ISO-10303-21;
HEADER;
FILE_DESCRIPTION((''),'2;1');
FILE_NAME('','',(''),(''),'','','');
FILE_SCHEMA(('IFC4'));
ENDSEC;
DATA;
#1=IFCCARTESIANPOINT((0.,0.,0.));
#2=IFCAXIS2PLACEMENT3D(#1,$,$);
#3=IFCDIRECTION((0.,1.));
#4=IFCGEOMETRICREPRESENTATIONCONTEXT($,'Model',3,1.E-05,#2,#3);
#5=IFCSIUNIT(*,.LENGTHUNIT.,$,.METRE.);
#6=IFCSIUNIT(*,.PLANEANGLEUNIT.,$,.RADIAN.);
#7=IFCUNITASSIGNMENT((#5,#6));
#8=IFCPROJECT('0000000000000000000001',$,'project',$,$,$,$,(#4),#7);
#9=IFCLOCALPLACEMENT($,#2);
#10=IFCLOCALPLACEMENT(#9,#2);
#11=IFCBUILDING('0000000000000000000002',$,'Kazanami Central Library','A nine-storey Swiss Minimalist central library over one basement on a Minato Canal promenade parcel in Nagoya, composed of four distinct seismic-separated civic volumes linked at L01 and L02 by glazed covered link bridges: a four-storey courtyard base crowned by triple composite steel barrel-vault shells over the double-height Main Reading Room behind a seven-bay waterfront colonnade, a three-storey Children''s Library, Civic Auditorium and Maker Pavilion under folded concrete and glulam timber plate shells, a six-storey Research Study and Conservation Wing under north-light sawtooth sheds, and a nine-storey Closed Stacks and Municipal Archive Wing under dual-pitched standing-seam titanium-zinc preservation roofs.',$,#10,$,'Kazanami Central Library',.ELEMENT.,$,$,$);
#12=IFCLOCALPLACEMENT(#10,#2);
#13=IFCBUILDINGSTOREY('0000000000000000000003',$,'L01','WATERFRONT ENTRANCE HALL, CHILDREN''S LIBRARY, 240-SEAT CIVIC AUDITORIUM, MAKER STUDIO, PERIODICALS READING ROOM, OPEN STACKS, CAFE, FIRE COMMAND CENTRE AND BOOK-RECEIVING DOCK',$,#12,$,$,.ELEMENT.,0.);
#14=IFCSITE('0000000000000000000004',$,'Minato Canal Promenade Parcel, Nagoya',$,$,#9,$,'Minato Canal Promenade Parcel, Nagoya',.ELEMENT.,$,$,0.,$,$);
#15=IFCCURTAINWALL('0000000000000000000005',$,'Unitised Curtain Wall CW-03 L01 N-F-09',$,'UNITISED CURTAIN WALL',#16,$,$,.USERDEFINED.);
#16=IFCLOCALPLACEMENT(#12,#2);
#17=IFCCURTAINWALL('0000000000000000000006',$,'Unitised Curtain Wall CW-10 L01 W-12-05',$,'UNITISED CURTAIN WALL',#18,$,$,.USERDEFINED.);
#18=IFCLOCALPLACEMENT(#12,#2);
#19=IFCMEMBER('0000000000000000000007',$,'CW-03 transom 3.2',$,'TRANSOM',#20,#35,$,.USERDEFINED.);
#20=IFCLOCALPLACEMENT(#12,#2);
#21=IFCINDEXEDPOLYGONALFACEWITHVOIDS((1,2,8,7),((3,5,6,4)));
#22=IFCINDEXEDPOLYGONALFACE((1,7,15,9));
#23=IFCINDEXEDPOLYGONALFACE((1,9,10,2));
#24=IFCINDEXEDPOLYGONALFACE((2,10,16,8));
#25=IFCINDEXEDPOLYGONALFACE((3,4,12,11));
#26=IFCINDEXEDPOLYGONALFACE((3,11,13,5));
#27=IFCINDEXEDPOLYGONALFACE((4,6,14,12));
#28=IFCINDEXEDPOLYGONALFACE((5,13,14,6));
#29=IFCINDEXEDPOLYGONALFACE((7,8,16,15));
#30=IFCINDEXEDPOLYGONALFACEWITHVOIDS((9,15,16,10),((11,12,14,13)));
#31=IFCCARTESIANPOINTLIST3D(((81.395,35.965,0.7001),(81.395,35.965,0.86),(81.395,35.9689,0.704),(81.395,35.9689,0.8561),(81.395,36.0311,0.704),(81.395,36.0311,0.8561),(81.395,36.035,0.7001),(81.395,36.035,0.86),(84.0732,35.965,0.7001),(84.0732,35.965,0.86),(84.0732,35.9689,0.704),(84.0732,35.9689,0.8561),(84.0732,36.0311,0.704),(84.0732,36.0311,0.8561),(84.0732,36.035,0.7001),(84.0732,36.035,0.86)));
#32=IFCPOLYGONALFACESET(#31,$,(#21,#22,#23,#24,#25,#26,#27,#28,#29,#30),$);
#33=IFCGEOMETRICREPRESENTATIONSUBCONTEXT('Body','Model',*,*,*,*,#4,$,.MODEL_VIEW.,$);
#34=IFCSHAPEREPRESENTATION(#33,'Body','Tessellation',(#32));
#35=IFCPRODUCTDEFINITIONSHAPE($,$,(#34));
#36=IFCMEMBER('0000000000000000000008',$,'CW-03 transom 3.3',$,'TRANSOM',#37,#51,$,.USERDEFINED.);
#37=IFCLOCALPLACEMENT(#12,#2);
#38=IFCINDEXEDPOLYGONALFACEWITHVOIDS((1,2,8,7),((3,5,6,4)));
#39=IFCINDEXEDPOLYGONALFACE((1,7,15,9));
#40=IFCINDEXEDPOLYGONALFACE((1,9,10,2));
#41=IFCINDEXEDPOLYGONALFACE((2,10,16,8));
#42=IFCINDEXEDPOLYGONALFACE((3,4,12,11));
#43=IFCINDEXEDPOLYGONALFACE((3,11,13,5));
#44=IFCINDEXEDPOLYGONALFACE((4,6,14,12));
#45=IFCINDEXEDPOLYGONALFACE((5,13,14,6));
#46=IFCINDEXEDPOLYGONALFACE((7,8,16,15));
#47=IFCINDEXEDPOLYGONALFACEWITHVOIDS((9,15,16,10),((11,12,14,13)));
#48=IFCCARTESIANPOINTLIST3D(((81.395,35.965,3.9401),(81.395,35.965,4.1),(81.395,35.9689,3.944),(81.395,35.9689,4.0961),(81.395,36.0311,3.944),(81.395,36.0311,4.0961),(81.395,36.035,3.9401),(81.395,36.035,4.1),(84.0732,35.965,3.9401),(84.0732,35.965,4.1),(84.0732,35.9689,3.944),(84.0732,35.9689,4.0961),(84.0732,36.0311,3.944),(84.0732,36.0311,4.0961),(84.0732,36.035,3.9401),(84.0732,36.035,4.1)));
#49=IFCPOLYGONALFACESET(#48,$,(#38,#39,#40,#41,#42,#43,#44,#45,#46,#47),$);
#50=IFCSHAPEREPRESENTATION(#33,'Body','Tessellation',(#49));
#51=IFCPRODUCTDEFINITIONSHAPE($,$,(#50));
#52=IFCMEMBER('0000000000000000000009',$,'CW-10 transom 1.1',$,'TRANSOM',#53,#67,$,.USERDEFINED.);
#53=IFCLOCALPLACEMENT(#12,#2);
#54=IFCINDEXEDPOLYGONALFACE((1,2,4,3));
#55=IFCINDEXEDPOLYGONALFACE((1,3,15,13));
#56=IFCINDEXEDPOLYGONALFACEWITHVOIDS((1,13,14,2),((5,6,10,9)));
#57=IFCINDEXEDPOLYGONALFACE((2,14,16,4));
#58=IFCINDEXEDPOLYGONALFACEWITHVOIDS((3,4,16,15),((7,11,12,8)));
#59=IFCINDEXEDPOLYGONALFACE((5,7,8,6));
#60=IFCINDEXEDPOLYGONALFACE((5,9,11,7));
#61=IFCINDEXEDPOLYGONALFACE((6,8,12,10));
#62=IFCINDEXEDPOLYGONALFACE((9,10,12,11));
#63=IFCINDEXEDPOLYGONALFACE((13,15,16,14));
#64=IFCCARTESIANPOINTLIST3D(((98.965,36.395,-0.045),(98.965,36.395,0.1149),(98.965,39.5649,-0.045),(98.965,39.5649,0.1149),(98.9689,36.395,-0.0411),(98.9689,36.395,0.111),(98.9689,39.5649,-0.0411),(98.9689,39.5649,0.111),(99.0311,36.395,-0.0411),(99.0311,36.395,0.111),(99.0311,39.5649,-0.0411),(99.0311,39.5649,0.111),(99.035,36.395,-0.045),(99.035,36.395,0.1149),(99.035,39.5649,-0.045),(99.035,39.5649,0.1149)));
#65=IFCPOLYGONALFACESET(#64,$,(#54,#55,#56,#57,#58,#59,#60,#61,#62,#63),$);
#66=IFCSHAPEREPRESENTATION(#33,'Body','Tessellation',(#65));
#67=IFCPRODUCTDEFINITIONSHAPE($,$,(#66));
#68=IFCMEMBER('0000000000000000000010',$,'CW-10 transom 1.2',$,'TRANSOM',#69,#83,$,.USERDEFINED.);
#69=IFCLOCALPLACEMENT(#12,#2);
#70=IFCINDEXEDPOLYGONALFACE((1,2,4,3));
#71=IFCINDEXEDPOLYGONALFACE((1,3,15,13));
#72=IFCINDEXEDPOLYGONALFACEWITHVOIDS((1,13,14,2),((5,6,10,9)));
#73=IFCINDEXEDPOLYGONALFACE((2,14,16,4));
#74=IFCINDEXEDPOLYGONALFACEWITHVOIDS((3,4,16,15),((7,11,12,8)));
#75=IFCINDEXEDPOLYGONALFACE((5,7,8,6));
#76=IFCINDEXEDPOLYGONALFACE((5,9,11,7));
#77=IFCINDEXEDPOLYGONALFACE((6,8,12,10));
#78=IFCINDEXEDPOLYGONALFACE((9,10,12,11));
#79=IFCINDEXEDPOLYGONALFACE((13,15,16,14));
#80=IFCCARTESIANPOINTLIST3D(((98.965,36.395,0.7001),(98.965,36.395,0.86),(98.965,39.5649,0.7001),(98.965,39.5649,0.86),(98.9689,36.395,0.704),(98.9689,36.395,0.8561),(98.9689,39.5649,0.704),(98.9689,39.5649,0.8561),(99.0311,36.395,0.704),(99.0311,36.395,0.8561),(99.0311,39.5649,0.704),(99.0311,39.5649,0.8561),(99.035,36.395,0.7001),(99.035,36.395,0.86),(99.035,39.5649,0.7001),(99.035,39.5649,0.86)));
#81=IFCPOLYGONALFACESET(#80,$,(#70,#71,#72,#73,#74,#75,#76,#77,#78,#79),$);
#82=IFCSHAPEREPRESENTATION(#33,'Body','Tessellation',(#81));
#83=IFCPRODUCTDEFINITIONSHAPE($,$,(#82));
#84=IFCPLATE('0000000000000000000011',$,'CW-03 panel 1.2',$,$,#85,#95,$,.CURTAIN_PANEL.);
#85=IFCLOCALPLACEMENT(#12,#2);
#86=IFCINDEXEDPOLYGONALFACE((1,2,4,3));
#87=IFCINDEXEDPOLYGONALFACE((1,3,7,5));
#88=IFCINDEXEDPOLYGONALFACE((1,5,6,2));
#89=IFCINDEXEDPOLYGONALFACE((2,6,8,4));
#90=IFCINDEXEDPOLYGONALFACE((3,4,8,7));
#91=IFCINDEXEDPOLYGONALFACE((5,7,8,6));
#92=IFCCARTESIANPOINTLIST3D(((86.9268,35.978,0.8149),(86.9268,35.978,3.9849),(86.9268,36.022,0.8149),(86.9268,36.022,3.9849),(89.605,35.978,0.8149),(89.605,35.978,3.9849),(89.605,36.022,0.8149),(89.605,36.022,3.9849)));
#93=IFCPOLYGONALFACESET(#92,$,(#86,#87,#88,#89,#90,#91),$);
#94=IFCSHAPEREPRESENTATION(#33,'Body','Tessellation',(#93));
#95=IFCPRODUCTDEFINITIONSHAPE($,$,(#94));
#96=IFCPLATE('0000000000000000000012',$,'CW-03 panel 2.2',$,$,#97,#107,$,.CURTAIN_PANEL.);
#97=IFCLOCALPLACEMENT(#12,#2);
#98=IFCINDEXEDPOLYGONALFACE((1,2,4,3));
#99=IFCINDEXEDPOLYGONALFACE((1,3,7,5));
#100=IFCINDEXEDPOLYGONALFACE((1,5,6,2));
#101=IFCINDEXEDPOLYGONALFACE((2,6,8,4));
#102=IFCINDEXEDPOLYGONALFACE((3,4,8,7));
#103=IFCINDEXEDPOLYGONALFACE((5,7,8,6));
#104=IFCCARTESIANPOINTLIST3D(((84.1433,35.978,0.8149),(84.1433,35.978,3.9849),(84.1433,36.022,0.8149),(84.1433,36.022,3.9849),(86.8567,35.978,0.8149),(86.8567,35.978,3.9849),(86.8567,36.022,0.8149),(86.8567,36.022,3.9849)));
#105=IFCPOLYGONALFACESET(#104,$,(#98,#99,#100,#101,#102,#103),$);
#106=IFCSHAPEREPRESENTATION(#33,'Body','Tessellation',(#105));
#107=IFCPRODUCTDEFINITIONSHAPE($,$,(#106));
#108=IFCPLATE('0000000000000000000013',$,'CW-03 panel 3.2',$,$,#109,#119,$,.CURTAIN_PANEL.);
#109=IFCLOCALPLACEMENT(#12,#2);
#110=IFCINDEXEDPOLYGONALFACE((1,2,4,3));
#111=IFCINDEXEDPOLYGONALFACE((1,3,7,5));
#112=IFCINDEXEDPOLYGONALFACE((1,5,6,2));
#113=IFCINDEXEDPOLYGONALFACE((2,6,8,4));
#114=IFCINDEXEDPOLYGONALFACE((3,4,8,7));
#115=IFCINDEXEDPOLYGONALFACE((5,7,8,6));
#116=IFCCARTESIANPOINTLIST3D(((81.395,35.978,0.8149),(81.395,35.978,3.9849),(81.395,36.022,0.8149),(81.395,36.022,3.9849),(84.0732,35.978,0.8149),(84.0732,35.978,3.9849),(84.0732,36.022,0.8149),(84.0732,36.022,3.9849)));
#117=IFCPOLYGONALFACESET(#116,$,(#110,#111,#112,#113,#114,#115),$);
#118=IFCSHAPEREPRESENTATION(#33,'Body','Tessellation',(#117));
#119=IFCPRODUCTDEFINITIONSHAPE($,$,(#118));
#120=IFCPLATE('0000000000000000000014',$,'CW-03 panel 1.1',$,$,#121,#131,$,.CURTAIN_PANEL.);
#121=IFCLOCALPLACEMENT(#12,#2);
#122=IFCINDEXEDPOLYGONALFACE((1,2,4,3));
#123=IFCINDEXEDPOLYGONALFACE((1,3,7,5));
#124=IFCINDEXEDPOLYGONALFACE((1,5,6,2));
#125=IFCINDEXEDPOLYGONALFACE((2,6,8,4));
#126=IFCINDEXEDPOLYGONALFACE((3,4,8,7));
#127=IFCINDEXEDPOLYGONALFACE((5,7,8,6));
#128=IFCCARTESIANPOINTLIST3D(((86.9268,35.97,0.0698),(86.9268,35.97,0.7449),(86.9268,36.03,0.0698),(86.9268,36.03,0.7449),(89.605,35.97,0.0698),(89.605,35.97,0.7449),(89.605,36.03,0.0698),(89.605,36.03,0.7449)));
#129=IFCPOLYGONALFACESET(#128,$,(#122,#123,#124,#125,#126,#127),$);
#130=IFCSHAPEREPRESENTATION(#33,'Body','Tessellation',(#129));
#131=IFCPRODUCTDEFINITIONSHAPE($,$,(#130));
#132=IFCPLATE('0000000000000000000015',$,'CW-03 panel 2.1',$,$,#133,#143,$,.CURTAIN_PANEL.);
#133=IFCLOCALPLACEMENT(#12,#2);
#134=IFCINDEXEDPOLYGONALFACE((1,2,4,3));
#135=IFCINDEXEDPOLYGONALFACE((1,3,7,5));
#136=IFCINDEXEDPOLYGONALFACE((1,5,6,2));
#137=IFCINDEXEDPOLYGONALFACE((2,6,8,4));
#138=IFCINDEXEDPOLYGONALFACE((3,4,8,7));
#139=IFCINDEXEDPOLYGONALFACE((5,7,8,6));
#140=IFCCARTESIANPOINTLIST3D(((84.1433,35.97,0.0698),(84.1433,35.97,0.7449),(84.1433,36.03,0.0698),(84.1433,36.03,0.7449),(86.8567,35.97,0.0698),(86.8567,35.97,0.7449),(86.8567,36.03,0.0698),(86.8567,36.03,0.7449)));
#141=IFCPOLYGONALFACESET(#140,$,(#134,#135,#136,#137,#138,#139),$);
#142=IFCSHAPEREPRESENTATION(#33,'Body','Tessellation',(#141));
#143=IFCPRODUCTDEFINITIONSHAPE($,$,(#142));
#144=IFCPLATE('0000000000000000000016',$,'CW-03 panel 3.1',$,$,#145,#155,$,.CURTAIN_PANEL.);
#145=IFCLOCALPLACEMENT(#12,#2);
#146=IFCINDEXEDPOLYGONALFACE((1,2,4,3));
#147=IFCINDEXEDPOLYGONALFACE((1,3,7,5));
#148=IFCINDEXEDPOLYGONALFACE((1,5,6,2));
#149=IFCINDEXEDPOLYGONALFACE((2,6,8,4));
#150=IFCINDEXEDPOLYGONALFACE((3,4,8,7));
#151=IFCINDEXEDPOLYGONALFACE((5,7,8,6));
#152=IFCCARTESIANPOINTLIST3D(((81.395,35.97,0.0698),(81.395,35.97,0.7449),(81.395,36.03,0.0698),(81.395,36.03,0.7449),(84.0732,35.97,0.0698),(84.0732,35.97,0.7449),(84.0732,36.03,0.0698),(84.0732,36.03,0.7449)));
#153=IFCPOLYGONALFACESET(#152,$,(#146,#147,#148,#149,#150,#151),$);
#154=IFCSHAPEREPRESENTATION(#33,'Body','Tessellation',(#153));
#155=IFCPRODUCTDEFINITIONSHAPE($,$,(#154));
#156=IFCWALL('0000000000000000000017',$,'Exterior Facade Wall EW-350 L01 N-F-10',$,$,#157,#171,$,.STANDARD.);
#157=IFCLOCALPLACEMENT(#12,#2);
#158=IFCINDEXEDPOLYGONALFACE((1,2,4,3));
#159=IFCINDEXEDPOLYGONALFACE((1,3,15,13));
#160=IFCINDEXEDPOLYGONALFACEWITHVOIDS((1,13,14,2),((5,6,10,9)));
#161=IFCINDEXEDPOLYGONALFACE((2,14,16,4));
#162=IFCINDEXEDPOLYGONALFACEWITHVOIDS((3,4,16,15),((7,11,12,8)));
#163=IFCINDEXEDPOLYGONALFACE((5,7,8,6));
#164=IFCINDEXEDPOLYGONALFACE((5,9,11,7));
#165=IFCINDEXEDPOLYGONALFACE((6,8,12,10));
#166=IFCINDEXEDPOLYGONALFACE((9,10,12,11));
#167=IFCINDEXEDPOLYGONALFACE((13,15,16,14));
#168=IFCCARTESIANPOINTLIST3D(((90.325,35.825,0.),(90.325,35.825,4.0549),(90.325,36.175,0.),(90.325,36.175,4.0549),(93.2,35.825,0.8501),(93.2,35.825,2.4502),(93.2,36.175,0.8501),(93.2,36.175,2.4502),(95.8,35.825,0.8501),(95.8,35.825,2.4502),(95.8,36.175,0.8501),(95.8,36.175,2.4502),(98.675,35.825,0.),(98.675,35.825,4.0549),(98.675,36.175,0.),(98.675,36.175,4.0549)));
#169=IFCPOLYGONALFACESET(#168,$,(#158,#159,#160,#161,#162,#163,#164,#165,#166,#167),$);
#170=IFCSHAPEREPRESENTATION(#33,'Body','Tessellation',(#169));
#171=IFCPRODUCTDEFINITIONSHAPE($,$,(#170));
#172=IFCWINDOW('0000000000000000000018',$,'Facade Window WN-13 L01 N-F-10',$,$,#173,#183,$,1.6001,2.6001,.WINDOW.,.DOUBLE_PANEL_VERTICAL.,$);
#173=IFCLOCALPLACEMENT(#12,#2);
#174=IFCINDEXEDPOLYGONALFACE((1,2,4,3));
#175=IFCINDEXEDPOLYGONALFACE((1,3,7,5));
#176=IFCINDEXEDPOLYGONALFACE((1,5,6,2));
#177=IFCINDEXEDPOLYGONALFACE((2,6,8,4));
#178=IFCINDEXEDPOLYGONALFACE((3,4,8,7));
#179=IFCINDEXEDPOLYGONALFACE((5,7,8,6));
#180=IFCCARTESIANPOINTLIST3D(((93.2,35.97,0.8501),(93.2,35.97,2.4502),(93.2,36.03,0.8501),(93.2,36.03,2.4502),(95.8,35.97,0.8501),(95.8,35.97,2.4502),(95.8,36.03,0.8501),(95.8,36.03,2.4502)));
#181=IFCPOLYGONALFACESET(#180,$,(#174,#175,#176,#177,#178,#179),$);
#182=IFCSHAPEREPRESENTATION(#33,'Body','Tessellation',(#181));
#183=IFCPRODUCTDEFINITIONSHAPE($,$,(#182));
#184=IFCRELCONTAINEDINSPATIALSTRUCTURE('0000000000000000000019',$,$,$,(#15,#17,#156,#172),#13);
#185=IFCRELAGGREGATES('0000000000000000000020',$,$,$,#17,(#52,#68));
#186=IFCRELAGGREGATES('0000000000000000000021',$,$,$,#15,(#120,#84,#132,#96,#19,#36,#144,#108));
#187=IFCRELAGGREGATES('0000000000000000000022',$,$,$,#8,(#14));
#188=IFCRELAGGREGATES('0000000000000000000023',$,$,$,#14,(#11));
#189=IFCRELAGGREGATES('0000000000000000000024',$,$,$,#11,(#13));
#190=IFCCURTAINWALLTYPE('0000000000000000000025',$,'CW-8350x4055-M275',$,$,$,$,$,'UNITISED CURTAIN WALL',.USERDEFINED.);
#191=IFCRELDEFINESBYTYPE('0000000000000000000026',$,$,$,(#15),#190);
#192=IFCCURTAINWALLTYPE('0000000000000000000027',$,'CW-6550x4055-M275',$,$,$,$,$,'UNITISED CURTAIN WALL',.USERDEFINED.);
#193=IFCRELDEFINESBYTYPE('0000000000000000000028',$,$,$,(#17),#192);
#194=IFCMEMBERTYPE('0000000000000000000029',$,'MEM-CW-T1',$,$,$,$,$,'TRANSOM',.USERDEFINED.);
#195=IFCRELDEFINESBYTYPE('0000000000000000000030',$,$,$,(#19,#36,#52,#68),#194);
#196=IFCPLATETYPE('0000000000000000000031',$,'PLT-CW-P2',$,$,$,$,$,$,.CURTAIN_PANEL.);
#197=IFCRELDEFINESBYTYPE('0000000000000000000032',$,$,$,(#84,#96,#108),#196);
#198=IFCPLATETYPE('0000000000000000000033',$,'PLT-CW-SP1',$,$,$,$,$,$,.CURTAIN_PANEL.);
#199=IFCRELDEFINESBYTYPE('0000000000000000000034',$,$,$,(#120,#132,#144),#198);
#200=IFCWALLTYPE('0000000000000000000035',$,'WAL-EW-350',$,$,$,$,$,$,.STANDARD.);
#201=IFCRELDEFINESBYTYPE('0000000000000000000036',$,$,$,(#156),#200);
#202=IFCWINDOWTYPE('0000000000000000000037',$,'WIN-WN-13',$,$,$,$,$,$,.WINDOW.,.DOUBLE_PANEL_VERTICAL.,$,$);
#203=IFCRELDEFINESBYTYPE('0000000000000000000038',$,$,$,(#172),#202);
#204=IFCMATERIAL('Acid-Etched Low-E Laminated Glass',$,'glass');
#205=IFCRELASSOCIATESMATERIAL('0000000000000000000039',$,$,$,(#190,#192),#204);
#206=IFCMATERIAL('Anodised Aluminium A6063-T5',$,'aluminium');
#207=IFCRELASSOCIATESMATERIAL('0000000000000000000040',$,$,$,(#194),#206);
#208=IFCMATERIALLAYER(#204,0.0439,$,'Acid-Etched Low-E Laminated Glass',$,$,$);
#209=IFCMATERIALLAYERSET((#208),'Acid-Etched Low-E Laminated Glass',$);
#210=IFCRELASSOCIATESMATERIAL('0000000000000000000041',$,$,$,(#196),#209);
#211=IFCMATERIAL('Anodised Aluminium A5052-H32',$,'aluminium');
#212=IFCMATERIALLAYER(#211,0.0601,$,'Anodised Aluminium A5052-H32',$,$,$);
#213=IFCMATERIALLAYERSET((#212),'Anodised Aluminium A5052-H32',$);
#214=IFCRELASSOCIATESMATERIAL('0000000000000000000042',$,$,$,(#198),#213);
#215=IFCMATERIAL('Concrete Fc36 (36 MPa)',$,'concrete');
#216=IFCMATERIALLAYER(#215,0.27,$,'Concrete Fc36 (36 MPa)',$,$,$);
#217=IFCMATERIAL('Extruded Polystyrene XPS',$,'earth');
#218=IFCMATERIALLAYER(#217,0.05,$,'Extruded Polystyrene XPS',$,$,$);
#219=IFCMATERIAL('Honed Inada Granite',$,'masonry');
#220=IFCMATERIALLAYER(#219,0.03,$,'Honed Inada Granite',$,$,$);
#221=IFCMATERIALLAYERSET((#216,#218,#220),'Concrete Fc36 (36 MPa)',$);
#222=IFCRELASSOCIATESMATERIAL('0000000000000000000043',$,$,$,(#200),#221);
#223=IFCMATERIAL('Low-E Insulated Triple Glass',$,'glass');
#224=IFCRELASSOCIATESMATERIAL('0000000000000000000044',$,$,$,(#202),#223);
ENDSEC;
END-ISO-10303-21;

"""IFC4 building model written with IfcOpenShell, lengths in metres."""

from ifc_helpers import new_model, si_unit, direction, frame, frame_2d, origin, origin_2d, place, context, subcontext, project, spatial, rectangle, hollow_rectangle, extrude, material, layer, layer_set, material_profile, profile_set, type_object, element, fill, aggregate, save


model = new_model("IFC4")

# Units and contexts
model_context = context("Model", 3, precision=1e-05, world=origin(), true_north=direction((0.0, 1.0)))
body_context = subcontext(model_context, "Body", "Model", "MODEL_VIEW")
ifc_project = project(units=[si_unit("LENGTHUNIT", "METRE"), si_unit("PLANEANGLEUNIT", "RADIAN")], contexts=[model_context])

# Site, building, storey
site_placement = place(None, origin())
site = spatial("IfcSite", under=ifc_project, at=site_placement, Name="Minato Canal Promenade Parcel, Nagoya", LongName="Minato Canal Promenade Parcel, Nagoya", CompositionType="ELEMENT", RefElevation=0.0)
building_placement = place(site_placement, origin())
building = spatial("IfcBuilding", under=site, at=building_placement, Name="Kazanami Central Library", Description="A nine-storey Swiss Minimalist central library over one basement on a Minato Canal promenade parcel in Nagoya, composed of four distinct seismic-separated civic volumes linked at L01 and L02 by glazed covered link bridges: a four-storey courtyard base crowned by triple composite steel barrel-vault shells over the double-height Main Reading Room behind a seven-bay waterfront colonnade, a three-storey Children's Library, Civic Auditorium and Maker Pavilion under folded concrete and glulam timber plate shells, a six-storey Research Study and Conservation Wing under north-light sawtooth sheds, and a nine-storey Closed Stacks and Municipal Archive Wing under dual-pitched standing-seam titanium-zinc preservation roofs.", LongName="Kazanami Central Library", CompositionType="ELEMENT")
storey_placement = place(building_placement, origin())
storey = spatial("IfcBuildingStorey", under=building, at=storey_placement, Name="L01", Description="WATERFRONT ENTRANCE HALL, CHILDREN'S LIBRARY, 240-SEAT CIVIC AUDITORIUM, MAKER STUDIO, PERIODICALS READING ROOM, OPEN STACKS, CAFE, FIRE COMMAND CENTRE AND BOOK-RECEIVING DOCK", CompositionType="ELEMENT", Elevation=0.0)

# Shared definitions
ifc_material_1 = material(Name="Acid-Etched Low-E Laminated Glass", Category="glass")
curtain_wall_type_1 = type_object("IfcCurtainWallType", Name="CW-8350x4055-M275", ElementType="UNITISED CURTAIN WALL", PredefinedType="USERDEFINED", material=ifc_material_1)
ifc_material_2 = material(Name="Anodised Aluminium A6063-T5", Category="aluminium")

# Curtain wall
curtain_wall_1_placement = place(storey_placement, origin())
curtain_wall_1 = element("IfcCurtainWall", 1, at=curtain_wall_1_placement, inside=storey, type_object=curtain_wall_type_1, Name="Unitised Curtain Wall CW-03 L01 N-F-09", ObjectType="UNITISED CURTAIN WALL", PredefinedType="USERDEFINED")

# Curtain wall
curtain_wall_type_2 = type_object("IfcCurtainWallType", Name="CW-6550x4055-M275", ElementType="UNITISED CURTAIN WALL", PredefinedType="USERDEFINED", material=ifc_material_1)
curtain_wall_2_placement = place(storey_placement, origin())
curtain_wall_2 = element("IfcCurtainWall", 2, at=curtain_wall_2_placement, inside=storey, type_object=curtain_wall_type_2, Name="Unitised Curtain Wall CW-10 L01 W-12-05", ObjectType="UNITISED CURTAIN WALL", PredefinedType="USERDEFINED")

# Members
ifc_material_profile_1 = material_profile(ifc_material_2, hollow_rectangle(XDim=0.0701, YDim=0.1599, WallThickness=0.0039, at=origin_2d()), Name="ALU-TRAN-70x160x4")
ifc_profile_set_1 = profile_set([ifc_material_profile_1], Name="Anodised Aluminium A6063-T5")
member_type_1 = type_object("IfcMemberType", Name="MEM-CW-T1", ElementType="TRANSOM", PredefinedType="USERDEFINED", material=ifc_profile_set_1)
member_1_placement = place(storey_placement, frame((84.0732, 36.0, 0.78), z_axis=(-1.0, 0.0, 0.0), x_axis=(0.0, -1.0, 0.0)))
member_1 = element("IfcMember", 3, at=member_1_placement, type_object=member_type_1, Name="CW-03 transom 3.2", ObjectType="TRANSOM", PredefinedType="USERDEFINED", context=body_context, shape_type="SweptSolid", body=[
    extrude(hollow_rectangle(XDim=0.0701, YDim=0.1599, WallThickness=0.0039, at=origin_2d()), origin(), (0.0, 0.0, 1.0), 2.6782),
])
member_2_placement = place(storey_placement, frame((84.0732, 36.0, 4.02), z_axis=(-1.0, 0.0, 0.0), x_axis=(0.0, -1.0, 0.0)))
member_2 = element("IfcMember", 4, at=member_2_placement, type_object=member_type_1, Name="CW-03 transom 3.3", ObjectType="TRANSOM", PredefinedType="USERDEFINED", context=body_context, shape_type="SweptSolid", body=[
    extrude(hollow_rectangle(XDim=0.0701, YDim=0.1599, WallThickness=0.0039, at=origin_2d()), origin(), (0.0, 0.0, 1.0), 2.6782),
])
member_3_placement = place(storey_placement, frame((99.0, 36.395, 0.0349), z_axis=(0.0, 1.0, 0.0), x_axis=(-1.0, 0.0, 0.0)))
member_3 = element("IfcMember", 5, at=member_3_placement, type_object=member_type_1, Name="CW-10 transom 1.1", ObjectType="TRANSOM", PredefinedType="USERDEFINED", context=body_context, shape_type="SweptSolid", body=[
    extrude(hollow_rectangle(XDim=0.0701, YDim=0.1599, WallThickness=0.0039, at=origin_2d()), origin(), (0.0, 0.0, 1.0), 3.1699),
])
member_4_placement = place(storey_placement, frame((99.0, 36.395, 0.78), z_axis=(0.0, 1.0, 0.0), x_axis=(-1.0, 0.0, 0.0)))
member_4 = element("IfcMember", 6, at=member_4_placement, type_object=member_type_1, Name="CW-10 transom 1.2", ObjectType="TRANSOM", PredefinedType="USERDEFINED", context=body_context, shape_type="SweptSolid", body=[
    extrude(hollow_rectangle(XDim=0.0701, YDim=0.1599, WallThickness=0.0039, at=origin_2d()), origin(), (0.0, 0.0, 1.0), 3.1699),
])
aggregate(curtain_wall_2, [member_3, member_4])

# Plates
ifc_layer_1 = layer(ifc_material_1, 0.0439, Name="Acid-Etched Low-E Laminated Glass")
ifc_layer_set_1 = layer_set([ifc_layer_1], Name="Acid-Etched Low-E Laminated Glass")
plate_type_1 = type_object("IfcPlateType", Name="PLT-CW-P2", PredefinedType="CURTAIN_PANEL", material=ifc_layer_set_1)
plate_1_placement = place(storey_placement, frame((88.2659, 36.0, 0.8149), z_axis=(0.0, 0.0, 1.0), x_axis=(-1.0, 0.0, 0.0)))
plate_1 = element("IfcPlate", 7, at=plate_1_placement, type_object=plate_type_1, Name="CW-03 panel 1.2", PredefinedType="CURTAIN_PANEL", context=body_context, shape_type="SweptSolid", body=[
    extrude(rectangle(XDim=2.6782, YDim=0.0439, at=origin_2d()), origin(), (0.0, 0.0, 1.0), 3.1699),
])
plate_2_placement = place(storey_placement, frame((85.5, 36.0, 0.8149), z_axis=(0.0, 0.0, 1.0), x_axis=(-1.0, 0.0, 0.0)))
plate_2 = element("IfcPlate", 8, at=plate_2_placement, type_object=plate_type_1, Name="CW-03 panel 2.2", PredefinedType="CURTAIN_PANEL", context=body_context, shape_type="SweptSolid", body=[
    extrude(rectangle(XDim=2.7134, YDim=0.0439, at=origin_2d()), origin(), (0.0, 0.0, 1.0), 3.1699),
])
plate_3_placement = place(storey_placement, frame((82.7341, 36.0, 0.8149), z_axis=(0.0, 0.0, 1.0), x_axis=(-1.0, 0.0, 0.0)))
plate_3 = element("IfcPlate", 9, at=plate_3_placement, type_object=plate_type_1, Name="CW-03 panel 3.2", PredefinedType="CURTAIN_PANEL", context=body_context, shape_type="SweptSolid", body=[
    extrude(rectangle(XDim=2.6782, YDim=0.0439, at=origin_2d()), origin(), (0.0, 0.0, 1.0), 3.1699),
])
ifc_material_3 = material(Name="Anodised Aluminium A5052-H32", Category="aluminium")
ifc_layer_2 = layer(ifc_material_3, 0.0601, Name="Anodised Aluminium A5052-H32")
ifc_layer_set_2 = layer_set([ifc_layer_2], Name="Anodised Aluminium A5052-H32")
plate_type_2 = type_object("IfcPlateType", Name="PLT-CW-SP1", PredefinedType="CURTAIN_PANEL", material=ifc_layer_set_2)
plate_4_placement = place(storey_placement, frame((88.2659, 36.0, 0.0698), z_axis=(0.0, 0.0, 1.0), x_axis=(-1.0, 0.0, 0.0)))
plate_4 = element("IfcPlate", 10, at=plate_4_placement, type_object=plate_type_2, Name="CW-03 panel 1.1", PredefinedType="CURTAIN_PANEL", context=body_context, shape_type="SweptSolid", body=[
    extrude(rectangle(XDim=2.6782, YDim=0.0601, at=origin_2d()), origin(), (0.0, 0.0, 1.0), 0.675),
])
plate_5_placement = place(storey_placement, frame((85.5, 36.0, 0.0698), z_axis=(0.0, 0.0, 1.0), x_axis=(-1.0, 0.0, 0.0)))
plate_5 = element("IfcPlate", 11, at=plate_5_placement, type_object=plate_type_2, Name="CW-03 panel 2.1", PredefinedType="CURTAIN_PANEL", context=body_context, shape_type="SweptSolid", body=[
    extrude(rectangle(XDim=2.7134, YDim=0.0601, at=origin_2d()), origin(), (0.0, 0.0, 1.0), 0.675),
])
plate_6_placement = place(storey_placement, frame((82.7341, 36.0, 0.0698), z_axis=(0.0, 0.0, 1.0), x_axis=(-1.0, 0.0, 0.0)))
plate_6 = element("IfcPlate", 12, at=plate_6_placement, type_object=plate_type_2, Name="CW-03 panel 3.1", PredefinedType="CURTAIN_PANEL", context=body_context, shape_type="SweptSolid", body=[
    extrude(rectangle(XDim=2.6782, YDim=0.0601, at=origin_2d()), origin(), (0.0, 0.0, 1.0), 0.675),
])
aggregate(curtain_wall_1, [plate_4, plate_1, plate_5, plate_2, member_1, member_2, plate_6, plate_3])

# Wall, opening, window
ifc_material_4 = material(Name="Concrete Fc36 (36 MPa)", Category="concrete")
ifc_layer_3 = layer(ifc_material_4, 0.27, Name="Concrete Fc36 (36 MPa)")
ifc_material_5 = material(Name="Extruded Polystyrene XPS", Category="earth")
ifc_layer_4 = layer(ifc_material_5, 0.05, Name="Extruded Polystyrene XPS")
ifc_material_6 = material(Name="Honed Inada Granite", Category="masonry")
ifc_layer_5 = layer(ifc_material_6, 0.03, Name="Honed Inada Granite")
ifc_layer_set_3 = layer_set([ifc_layer_3, ifc_layer_4, ifc_layer_5], Name="Concrete Fc36 (36 MPa)")
wall_type = type_object("IfcWallType", Name="WAL-EW-350", PredefinedType="STANDARD", material=ifc_layer_set_3)
wall_placement = place(storey_placement, frame((98.675, 36.0, 0.0), z_axis=(0.0, 0.0, 1.0), x_axis=(-1.0, 0.0, 0.0)))
wall = element("IfcWall", 13, at=wall_placement, inside=storey, type_object=wall_type, Name="Exterior Facade Wall EW-350 L01 N-F-10", PredefinedType="STANDARD", context=body_context, shape_type="SweptSolid", body=[
    extrude(rectangle(XDim=8.3501, YDim=0.3501, at=frame_2d((4.175, 0.0))), origin(), (0.0, 0.0, 1.0), 4.0549),
])
opening_placement = place(wall_placement, frame((2.875, 0.0, 0.8501)))
opening = element("IfcOpeningElement", 14, at=opening_placement, cuts=wall, PredefinedType="OPENING", context=body_context, shape_type="SweptSolid", body=[
    extrude(rectangle(XDim=2.6001, YDim=1.6001, at=frame_2d((1.3, 0.8))), frame((0.0, 0.187, 0.0), z_axis=(0.0, -1.0, 0.0), x_axis=(1.0, 0.0, 0.0)), (0.0, 0.0, 1.0), 0.374),
])
ifc_material_7 = material(Name="Low-E Insulated Triple Glass", Category="glass")
window_type = type_object("IfcWindowType", Name="WIN-WN-13", PartitioningType="DOUBLE_PANEL_VERTICAL", PredefinedType="WINDOW", material=ifc_material_7)
window_placement = place(opening_placement, origin())
window = element("IfcWindow", 15, at=window_placement, inside=storey, type_object=window_type, Name="Facade Window WN-13 L01 N-F-10", OverallHeight=1.6001, OverallWidth=2.6001, PartitioningType="DOUBLE_PANEL_VERTICAL", PredefinedType="WINDOW", context=body_context, shape_type="SweptSolid", body=[
    extrude(rectangle(XDim=2.6001, YDim=1.6001, at=frame_2d((1.3, 0.8))), frame((0.0, 0.03, 0.0), z_axis=(0.0, -1.0, 0.0), x_axis=(1.0, 0.0, 0.0)), (0.0, 0.0, 1.0), 0.0601),
])
fill(opening, window)

save(model, "model.ifc")
